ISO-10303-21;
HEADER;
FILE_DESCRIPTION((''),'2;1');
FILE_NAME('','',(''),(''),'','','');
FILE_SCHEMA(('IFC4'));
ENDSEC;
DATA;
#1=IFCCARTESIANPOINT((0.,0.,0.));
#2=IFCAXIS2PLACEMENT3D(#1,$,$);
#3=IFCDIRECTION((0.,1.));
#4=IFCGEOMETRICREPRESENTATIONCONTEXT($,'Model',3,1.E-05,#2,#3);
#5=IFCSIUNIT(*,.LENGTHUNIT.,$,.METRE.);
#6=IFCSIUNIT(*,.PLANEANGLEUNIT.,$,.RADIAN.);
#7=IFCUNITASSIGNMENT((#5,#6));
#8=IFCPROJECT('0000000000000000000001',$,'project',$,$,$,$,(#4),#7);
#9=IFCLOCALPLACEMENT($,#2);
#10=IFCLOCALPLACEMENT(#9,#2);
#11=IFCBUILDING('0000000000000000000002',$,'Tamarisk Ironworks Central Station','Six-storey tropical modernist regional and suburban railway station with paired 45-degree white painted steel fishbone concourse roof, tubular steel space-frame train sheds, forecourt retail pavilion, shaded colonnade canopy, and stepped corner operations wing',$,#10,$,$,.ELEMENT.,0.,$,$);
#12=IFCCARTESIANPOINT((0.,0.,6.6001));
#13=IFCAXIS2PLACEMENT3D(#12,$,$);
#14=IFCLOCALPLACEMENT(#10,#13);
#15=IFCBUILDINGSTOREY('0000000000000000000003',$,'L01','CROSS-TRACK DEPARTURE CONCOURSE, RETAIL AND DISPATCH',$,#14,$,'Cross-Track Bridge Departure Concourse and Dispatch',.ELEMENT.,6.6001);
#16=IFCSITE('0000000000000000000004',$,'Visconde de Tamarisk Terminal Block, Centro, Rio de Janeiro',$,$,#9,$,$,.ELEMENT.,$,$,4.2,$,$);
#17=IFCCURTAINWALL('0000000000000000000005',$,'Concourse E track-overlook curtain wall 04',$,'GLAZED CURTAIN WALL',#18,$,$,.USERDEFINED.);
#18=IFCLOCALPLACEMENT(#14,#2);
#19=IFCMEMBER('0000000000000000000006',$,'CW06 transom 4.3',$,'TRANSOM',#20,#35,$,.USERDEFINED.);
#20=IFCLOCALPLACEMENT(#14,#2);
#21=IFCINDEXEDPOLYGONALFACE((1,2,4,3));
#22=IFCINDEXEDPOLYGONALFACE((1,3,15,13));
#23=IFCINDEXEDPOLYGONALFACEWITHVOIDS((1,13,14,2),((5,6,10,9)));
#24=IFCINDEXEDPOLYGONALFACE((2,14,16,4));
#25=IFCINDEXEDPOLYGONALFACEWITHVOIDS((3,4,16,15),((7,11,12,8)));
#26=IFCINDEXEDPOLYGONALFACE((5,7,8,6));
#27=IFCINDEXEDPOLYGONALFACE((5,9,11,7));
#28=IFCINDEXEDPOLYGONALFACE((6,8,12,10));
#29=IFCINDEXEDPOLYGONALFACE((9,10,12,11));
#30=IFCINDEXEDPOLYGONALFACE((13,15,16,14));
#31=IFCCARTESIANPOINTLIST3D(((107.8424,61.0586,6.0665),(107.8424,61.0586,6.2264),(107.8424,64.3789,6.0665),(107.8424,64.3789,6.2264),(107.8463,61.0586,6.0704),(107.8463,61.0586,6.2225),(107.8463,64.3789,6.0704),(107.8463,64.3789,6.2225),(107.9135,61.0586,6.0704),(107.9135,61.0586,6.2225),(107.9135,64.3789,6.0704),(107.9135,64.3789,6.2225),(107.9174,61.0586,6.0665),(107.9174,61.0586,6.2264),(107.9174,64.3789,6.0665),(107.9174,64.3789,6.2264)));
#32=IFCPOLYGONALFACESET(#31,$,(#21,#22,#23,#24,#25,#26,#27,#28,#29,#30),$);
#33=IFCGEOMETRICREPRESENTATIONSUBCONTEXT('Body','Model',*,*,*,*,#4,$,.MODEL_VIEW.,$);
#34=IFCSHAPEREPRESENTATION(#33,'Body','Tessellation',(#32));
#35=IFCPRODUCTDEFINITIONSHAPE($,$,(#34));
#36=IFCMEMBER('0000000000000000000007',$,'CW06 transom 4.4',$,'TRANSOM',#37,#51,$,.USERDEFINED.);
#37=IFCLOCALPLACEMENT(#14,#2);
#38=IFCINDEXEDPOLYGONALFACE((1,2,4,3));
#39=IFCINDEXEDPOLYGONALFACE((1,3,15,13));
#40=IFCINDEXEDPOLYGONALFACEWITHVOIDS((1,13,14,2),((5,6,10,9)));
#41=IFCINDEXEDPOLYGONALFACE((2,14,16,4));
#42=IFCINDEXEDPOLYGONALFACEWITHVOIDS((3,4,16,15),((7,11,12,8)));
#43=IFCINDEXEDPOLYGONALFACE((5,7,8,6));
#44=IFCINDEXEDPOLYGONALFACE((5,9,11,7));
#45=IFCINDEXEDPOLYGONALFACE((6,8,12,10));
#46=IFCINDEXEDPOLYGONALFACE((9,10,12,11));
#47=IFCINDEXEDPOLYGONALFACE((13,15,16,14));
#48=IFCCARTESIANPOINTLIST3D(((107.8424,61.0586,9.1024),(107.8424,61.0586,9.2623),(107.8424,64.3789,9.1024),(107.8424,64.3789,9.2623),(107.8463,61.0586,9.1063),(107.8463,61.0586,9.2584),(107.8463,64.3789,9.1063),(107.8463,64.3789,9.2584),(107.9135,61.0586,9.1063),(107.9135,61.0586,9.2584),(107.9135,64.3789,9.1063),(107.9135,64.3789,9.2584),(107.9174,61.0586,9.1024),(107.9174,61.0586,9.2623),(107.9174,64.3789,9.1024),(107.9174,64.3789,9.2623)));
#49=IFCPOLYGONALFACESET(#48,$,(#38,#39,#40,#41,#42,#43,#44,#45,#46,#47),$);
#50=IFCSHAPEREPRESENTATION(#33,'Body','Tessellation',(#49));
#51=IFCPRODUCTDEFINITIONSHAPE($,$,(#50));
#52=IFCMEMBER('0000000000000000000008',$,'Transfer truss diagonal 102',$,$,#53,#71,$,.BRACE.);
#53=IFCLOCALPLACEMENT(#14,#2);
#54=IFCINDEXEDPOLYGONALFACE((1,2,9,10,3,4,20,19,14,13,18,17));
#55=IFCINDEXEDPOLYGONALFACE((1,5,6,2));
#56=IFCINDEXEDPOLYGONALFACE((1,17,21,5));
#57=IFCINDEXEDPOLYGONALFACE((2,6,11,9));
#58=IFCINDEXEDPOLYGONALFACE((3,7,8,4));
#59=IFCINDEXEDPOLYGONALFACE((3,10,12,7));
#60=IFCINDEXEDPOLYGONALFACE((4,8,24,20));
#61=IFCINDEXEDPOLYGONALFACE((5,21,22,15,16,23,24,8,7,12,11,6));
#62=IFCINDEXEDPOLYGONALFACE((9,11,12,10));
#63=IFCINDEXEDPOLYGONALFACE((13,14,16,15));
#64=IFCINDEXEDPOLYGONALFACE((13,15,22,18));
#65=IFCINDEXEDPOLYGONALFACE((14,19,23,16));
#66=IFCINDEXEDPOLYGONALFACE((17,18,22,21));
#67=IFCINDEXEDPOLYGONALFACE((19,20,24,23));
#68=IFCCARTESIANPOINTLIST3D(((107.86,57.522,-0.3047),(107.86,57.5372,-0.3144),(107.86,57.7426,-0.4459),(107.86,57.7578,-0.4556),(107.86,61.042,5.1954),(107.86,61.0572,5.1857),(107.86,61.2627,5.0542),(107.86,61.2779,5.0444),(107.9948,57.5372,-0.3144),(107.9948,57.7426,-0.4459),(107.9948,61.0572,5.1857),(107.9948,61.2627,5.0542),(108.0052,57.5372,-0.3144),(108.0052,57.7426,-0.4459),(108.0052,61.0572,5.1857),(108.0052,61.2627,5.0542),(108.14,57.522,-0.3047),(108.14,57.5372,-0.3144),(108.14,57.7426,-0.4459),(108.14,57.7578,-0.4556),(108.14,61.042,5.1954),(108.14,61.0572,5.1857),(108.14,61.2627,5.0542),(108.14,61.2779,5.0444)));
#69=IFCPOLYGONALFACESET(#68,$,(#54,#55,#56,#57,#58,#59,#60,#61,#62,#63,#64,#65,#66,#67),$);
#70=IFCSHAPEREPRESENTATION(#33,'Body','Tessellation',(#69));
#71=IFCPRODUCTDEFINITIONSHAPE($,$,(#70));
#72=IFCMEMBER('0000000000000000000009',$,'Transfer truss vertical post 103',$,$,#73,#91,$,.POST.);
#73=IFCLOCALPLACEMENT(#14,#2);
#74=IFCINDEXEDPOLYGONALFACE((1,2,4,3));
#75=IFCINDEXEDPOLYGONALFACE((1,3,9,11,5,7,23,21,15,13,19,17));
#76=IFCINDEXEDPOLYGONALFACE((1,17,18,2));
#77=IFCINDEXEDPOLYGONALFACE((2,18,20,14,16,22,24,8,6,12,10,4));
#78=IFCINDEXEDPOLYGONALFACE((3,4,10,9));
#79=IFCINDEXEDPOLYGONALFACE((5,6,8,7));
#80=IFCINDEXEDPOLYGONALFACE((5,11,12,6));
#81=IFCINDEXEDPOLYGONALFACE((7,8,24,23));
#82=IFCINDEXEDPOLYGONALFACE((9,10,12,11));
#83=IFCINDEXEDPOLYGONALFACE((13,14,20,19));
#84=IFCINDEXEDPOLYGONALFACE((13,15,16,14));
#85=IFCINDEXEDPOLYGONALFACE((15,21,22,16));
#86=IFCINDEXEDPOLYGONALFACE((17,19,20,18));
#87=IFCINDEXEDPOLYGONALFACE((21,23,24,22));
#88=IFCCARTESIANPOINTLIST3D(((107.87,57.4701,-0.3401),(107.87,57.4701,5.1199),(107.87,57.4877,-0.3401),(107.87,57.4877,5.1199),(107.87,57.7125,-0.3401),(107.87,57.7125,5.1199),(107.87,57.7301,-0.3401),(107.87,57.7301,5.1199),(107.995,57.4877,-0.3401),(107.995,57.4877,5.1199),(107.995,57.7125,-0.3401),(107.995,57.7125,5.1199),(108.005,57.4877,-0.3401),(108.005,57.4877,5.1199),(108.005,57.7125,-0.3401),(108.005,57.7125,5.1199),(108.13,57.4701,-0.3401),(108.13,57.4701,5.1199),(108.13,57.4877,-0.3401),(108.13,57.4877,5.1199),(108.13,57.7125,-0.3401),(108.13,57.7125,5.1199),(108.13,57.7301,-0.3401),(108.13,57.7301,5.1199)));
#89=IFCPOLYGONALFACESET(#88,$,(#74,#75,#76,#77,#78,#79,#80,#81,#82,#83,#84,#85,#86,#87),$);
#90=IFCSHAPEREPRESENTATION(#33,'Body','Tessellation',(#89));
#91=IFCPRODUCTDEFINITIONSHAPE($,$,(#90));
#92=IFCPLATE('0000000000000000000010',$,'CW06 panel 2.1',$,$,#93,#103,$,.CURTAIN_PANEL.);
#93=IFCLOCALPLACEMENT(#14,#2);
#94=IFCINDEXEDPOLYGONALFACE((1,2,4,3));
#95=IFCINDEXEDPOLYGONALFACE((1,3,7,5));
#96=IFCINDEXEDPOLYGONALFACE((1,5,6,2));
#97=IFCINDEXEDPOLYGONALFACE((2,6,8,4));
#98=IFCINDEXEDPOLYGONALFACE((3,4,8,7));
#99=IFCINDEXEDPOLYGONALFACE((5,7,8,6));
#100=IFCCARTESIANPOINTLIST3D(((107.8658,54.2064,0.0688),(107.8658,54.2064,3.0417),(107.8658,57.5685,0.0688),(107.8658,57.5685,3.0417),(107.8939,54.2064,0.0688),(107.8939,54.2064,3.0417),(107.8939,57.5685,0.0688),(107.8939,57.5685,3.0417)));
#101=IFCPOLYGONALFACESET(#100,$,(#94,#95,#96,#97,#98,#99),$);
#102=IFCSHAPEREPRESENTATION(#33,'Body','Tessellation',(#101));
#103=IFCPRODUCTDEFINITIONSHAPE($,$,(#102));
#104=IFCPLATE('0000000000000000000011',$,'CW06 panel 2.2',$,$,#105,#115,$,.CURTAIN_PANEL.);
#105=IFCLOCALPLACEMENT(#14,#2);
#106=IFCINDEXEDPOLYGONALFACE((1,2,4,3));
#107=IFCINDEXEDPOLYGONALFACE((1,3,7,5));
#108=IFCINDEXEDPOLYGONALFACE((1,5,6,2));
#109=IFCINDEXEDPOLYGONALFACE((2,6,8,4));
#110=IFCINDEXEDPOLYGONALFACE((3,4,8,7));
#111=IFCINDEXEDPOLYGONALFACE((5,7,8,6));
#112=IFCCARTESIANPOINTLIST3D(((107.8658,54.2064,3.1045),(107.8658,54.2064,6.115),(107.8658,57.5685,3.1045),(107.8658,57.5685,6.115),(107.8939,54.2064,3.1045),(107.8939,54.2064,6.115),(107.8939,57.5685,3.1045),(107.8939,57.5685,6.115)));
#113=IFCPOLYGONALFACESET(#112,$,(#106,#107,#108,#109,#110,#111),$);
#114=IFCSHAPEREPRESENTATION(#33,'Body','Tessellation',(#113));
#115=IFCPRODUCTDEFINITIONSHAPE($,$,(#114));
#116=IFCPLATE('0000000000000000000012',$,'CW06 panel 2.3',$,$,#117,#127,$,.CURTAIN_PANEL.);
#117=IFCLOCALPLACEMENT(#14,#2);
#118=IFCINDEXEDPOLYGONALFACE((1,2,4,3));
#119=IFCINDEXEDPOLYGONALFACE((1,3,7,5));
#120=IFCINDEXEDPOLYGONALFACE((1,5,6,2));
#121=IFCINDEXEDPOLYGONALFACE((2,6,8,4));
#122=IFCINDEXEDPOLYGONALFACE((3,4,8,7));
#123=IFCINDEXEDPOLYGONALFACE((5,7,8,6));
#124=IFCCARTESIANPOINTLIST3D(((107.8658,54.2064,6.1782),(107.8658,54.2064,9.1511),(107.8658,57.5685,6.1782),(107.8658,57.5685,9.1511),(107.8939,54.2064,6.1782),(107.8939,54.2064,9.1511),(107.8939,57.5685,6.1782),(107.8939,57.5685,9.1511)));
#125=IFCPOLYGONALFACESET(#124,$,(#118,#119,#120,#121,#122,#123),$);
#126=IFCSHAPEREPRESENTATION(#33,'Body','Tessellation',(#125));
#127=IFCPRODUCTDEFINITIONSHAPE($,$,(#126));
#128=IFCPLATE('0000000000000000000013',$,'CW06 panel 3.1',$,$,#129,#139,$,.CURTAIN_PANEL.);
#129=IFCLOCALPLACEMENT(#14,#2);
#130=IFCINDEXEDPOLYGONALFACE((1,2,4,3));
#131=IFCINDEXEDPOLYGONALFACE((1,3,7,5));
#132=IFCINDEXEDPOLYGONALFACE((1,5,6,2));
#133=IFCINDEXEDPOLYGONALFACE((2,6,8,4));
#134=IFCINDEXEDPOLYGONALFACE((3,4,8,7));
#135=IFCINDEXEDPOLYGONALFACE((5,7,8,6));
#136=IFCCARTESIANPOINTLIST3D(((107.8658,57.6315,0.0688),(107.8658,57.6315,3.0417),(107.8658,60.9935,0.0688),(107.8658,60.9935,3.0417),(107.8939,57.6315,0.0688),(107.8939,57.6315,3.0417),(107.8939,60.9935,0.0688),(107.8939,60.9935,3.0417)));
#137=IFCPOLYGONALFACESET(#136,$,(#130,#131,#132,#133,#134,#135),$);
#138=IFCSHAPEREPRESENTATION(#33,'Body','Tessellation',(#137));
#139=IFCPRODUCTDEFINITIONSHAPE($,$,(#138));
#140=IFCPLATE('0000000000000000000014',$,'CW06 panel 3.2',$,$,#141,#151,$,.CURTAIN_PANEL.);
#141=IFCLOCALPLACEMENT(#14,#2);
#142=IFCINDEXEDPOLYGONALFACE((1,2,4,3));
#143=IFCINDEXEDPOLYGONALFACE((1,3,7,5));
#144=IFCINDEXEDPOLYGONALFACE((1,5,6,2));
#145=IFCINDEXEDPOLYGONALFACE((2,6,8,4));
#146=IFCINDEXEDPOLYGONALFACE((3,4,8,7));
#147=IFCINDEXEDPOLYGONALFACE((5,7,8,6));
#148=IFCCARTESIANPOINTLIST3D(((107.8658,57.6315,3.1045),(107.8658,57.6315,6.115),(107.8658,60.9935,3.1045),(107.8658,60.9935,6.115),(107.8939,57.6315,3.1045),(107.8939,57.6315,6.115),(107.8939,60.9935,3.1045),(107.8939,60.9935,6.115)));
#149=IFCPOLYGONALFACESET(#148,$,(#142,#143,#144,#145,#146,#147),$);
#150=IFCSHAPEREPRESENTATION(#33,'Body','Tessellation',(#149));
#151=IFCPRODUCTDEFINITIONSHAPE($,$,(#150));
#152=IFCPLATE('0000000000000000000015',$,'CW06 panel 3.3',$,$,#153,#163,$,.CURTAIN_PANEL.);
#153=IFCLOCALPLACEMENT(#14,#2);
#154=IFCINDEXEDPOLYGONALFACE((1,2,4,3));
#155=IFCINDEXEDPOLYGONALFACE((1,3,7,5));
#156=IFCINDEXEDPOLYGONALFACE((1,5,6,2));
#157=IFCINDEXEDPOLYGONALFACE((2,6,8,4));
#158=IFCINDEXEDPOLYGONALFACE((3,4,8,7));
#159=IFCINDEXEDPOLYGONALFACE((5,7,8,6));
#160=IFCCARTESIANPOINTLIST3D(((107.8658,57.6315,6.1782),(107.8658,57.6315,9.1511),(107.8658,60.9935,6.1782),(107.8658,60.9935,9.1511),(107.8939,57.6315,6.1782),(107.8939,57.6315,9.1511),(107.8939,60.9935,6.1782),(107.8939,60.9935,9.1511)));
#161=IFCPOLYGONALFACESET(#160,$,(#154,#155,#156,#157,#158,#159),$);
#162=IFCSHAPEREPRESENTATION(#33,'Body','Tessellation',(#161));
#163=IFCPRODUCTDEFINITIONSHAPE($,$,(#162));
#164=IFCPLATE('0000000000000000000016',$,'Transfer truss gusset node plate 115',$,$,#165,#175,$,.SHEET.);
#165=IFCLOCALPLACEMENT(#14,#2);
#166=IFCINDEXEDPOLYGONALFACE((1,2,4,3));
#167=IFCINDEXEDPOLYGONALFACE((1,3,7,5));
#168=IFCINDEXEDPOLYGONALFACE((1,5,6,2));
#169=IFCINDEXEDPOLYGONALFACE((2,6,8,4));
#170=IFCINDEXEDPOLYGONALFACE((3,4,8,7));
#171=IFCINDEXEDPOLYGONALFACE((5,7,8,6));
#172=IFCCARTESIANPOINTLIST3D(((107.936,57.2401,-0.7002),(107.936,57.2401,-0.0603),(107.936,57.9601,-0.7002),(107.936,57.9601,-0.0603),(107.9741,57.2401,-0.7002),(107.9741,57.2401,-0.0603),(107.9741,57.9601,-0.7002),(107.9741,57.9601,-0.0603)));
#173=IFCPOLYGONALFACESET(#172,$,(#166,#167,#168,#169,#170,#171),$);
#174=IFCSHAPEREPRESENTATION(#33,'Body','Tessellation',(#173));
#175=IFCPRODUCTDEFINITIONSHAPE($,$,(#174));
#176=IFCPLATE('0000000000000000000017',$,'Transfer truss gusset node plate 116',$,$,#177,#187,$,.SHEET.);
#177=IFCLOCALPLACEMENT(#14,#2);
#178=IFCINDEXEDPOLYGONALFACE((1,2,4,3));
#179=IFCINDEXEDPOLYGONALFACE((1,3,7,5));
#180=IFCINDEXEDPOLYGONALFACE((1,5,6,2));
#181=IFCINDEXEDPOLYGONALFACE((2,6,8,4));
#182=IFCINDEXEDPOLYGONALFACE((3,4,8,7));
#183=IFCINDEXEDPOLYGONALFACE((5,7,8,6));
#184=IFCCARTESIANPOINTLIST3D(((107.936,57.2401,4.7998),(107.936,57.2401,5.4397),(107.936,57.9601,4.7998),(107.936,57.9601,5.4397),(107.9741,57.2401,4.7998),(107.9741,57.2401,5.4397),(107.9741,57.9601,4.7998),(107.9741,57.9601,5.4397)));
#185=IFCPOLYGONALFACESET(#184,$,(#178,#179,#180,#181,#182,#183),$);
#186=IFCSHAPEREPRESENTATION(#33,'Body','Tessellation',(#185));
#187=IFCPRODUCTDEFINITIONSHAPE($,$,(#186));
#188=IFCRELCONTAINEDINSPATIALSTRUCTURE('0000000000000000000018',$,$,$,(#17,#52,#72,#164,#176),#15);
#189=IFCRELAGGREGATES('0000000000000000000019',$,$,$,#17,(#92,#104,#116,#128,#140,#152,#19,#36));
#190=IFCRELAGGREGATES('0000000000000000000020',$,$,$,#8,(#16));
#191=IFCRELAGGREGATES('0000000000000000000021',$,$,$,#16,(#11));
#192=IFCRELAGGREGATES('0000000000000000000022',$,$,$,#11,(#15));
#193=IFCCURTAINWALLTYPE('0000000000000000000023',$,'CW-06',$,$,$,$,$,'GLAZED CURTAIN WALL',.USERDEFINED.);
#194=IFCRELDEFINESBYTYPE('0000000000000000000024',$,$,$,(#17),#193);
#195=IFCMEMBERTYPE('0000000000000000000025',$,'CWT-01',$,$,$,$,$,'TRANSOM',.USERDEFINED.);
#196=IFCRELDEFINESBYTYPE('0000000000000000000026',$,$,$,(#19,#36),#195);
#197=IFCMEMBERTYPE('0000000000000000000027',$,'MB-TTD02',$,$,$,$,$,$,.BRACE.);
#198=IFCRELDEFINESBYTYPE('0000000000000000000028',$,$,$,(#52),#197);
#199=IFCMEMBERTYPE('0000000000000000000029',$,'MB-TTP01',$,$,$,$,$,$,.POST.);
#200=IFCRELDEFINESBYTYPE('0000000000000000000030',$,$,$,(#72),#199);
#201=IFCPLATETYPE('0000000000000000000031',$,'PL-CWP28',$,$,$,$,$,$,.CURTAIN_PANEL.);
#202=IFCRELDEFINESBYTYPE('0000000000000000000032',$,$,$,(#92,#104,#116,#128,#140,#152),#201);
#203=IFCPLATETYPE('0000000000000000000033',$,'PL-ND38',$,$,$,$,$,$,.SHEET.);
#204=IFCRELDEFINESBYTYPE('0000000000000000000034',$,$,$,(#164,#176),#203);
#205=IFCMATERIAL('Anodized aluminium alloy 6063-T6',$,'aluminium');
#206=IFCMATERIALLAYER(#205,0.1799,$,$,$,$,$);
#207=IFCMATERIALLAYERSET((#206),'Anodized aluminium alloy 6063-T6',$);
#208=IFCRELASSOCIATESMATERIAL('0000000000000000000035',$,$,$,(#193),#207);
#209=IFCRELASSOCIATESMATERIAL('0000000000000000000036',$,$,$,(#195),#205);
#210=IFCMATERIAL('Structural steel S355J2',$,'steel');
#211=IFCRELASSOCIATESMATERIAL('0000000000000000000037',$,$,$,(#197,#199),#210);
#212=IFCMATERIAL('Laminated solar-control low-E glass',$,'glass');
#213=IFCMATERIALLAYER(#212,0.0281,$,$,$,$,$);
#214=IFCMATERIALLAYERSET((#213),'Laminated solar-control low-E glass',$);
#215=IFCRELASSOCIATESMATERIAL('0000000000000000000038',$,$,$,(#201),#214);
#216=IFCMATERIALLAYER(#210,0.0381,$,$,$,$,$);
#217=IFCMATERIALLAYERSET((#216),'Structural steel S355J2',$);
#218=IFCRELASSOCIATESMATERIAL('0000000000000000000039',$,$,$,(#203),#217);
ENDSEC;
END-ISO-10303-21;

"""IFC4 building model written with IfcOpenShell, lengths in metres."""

from ifc_helpers import new_model, si_unit, direction, frame, origin, origin_2d, place, context, subcontext, project, spatial, rectangle, hollow_rectangle, i_section, extrude, material, layer, layer_set, material_profile, profile_set, type_object, element, aggregate, save


model = new_model("IFC4")

# Units and contexts
model_context = context("Model", 3, precision=1e-05, world=origin(), true_north=direction((0.0, 1.0)))
body_context = subcontext(model_context, "Body", "Model", "MODEL_VIEW")
ifc_project = project(units=[si_unit("LENGTHUNIT", "METRE"), si_unit("PLANEANGLEUNIT", "RADIAN")], contexts=[model_context])

# Site, building, storey
site_placement = place(None, origin())
site = spatial("IfcSite", under=ifc_project, at=site_placement, Name="Visconde de Tamarisk Terminal Block, Centro, Rio de Janeiro", CompositionType="ELEMENT", RefElevation=4.2)
building_placement = place(site_placement, origin())
building = spatial("IfcBuilding", under=site, at=building_placement, Name="Tamarisk Ironworks Central Station", Description="Six-storey tropical modernist regional and suburban railway station with paired 45-degree white painted steel fishbone concourse roof, tubular steel space-frame train sheds, forecourt retail pavilion, shaded colonnade canopy, and stepped corner operations wing", CompositionType="ELEMENT", ElevationOfRefHeight=0.0)
storey_placement = place(building_placement, frame((0.0, 0.0, 6.6001)))
storey = spatial("IfcBuildingStorey", under=building, at=storey_placement, Name="L01", Description="CROSS-TRACK DEPARTURE CONCOURSE, RETAIL AND DISPATCH", LongName="Cross-Track Bridge Departure Concourse and Dispatch", CompositionType="ELEMENT", Elevation=6.6001)

# Curtain wall, members
ifc_material_1 = material(Name="Anodized aluminium alloy 6063-T6", Category="aluminium")
ifc_layer_1 = layer(ifc_material_1, 0.1799)
ifc_layer_set_1 = layer_set([ifc_layer_1], Name="Anodized aluminium alloy 6063-T6")
curtain_wall_type = type_object("IfcCurtainWallType", Name="CW-06", ElementType="GLAZED CURTAIN WALL", PredefinedType="USERDEFINED", material=ifc_layer_set_1)
curtain_wall_placement = place(storey_placement, origin())
curtain_wall = element("IfcCurtainWall", 1, at=curtain_wall_placement, inside=storey, type_object=curtain_wall_type, Name="Concourse E track-overlook curtain wall 04", ObjectType="GLAZED CURTAIN WALL", PredefinedType="USERDEFINED")
ifc_material_profile_1 = material_profile(ifc_material_1, hollow_rectangle(XDim=0.075, YDim=0.1599, WallThickness=0.0039, at=origin_2d()), Name="ALUM 160x75")
ifc_profile_set_1 = profile_set([ifc_material_profile_1], Name="Anodized aluminium alloy 6063-T6")
member_type_1 = type_object("IfcMemberType", Name="CWT-01", ElementType="TRANSOM", PredefinedType="USERDEFINED", material=ifc_profile_set_1)
member_1_placement = place(storey_placement, frame((107.8799, 61.0586, 6.1465), z_axis=(0.0, 1.0, 0.0), x_axis=(-1.0, 0.0, 0.0)))
member_1 = element("IfcMember", 2, at=member_1_placement, type_object=member_type_1, Name="CW06 transom 4.3", ObjectType="TRANSOM", PredefinedType="USERDEFINED", context=body_context, shape_type="SweptSolid", body=[
    extrude(hollow_rectangle(XDim=0.075, YDim=0.1599, WallThickness=0.0039, at=origin_2d()), origin(), (0.0, 0.0, 1.0), 3.3203),
])
member_2_placement = place(storey_placement, frame((107.8799, 61.0586, 9.1824), z_axis=(0.0, 1.0, 0.0), x_axis=(-1.0, 0.0, 0.0)))
member_2 = element("IfcMember", 3, at=member_2_placement, type_object=member_type_1, Name="CW06 transom 4.4", ObjectType="TRANSOM", PredefinedType="USERDEFINED", context=body_context, shape_type="SweptSolid", body=[
    extrude(hollow_rectangle(XDim=0.075, YDim=0.1599, WallThickness=0.0039, at=origin_2d()), origin(), (0.0, 0.0, 1.0), 3.3203),
])

# Members
ifc_material_2 = material(Name="Structural steel S355J2", Category="steel")
ifc_material_profile_2 = material_profile(ifc_material_2, i_section(OverallWidth=0.28, OverallDepth=0.28, WebThickness=0.0105, FlangeThickness=0.0181, at=origin_2d()), Name="HEB 280")
ifc_profile_set_2 = profile_set([ifc_material_profile_2], Name="Structural steel S355J2")
member_type_2 = type_object("IfcMemberType", Name="MB-TTD02", PredefinedType="BRACE", material=ifc_profile_set_2)
member_3_placement = place(storey_placement, frame((108.0, 57.6399, -0.3801), z_axis=(0.0, 0.539056, 0.84227), x_axis=(-1.0, 0.0, 0.0)))
element("IfcMember", 4, at=member_3_placement, inside=storey, type_object=member_type_2, Name="Transfer truss diagonal 102", PredefinedType="BRACE", context=body_context, shape_type="SweptSolid", body=[
    extrude(i_section(OverallWidth=0.28, OverallDepth=0.28, WebThickness=0.0105, FlangeThickness=0.0181, at=origin_2d()), origin(), (0.0, 0.0, 1.0), 6.53),
])
ifc_material_profile_3 = material_profile(ifc_material_2, i_section(OverallWidth=0.26, OverallDepth=0.26, WebThickness=0.01, FlangeThickness=0.0176, at=origin_2d()), Name="HEB 260")
ifc_profile_set_3 = profile_set([ifc_material_profile_3], Name="Structural steel S355J2")
member_type_3 = type_object("IfcMemberType", Name="MB-TTP01", PredefinedType="POST", material=ifc_profile_set_3)
member_4_placement = place(storey_placement, frame((108.0, 57.6001, -0.3401), z_axis=(0.0, 0.0, 1.0), x_axis=(1.0, 0.0, 0.0)))
element("IfcMember", 5, at=member_4_placement, inside=storey, type_object=member_type_3, Name="Transfer truss vertical post 103", PredefinedType="POST", context=body_context, shape_type="SweptSolid", body=[
    extrude(i_section(OverallWidth=0.26, OverallDepth=0.26, WebThickness=0.01, FlangeThickness=0.0176, at=origin_2d()), origin(), (0.0, 0.0, 1.0), 5.46),
])

# Plates
ifc_material_3 = material(Name="Laminated solar-control low-E glass", Category="glass")
ifc_layer_2 = layer(ifc_material_3, 0.0281)
ifc_layer_set_2 = layer_set([ifc_layer_2], Name="Laminated solar-control low-E glass")
plate_type_1 = type_object("IfcPlateType", Name="PL-CWP28", PredefinedType="CURTAIN_PANEL", material=ifc_layer_set_2)
plate_1_placement = place(storey_placement, frame((107.8799, 55.8875, 0.0688), z_axis=(0.0, 0.0, 1.0), x_axis=(0.0, 1.0, 0.0)))
plate_1 = element("IfcPlate", 6, at=plate_1_placement, type_object=plate_type_1, Name="CW06 panel 2.1", PredefinedType="CURTAIN_PANEL", context=body_context, shape_type="SweptSolid", body=[
    extrude(rectangle(XDim=3.3621, YDim=0.0281, at=origin_2d()), origin(), (0.0, 0.0, 1.0), 2.9729),
])
plate_2_placement = place(storey_placement, frame((107.8799, 55.8875, 3.1045), z_axis=(0.0, 0.0, 1.0), x_axis=(0.0, 1.0, 0.0)))
plate_2 = element("IfcPlate", 7, at=plate_2_placement, type_object=plate_type_1, Name="CW06 panel 2.2", PredefinedType="CURTAIN_PANEL", context=body_context, shape_type="SweptSolid", body=[
    extrude(rectangle(XDim=3.3621, YDim=0.0281, at=origin_2d()), origin(), (0.0, 0.0, 1.0), 3.0105),
])
plate_3_placement = place(storey_placement, frame((107.8799, 55.8875, 6.1782), z_axis=(0.0, 0.0, 1.0), x_axis=(0.0, 1.0, 0.0)))
plate_3 = element("IfcPlate", 8, at=plate_3_placement, type_object=plate_type_1, Name="CW06 panel 2.3", PredefinedType="CURTAIN_PANEL", context=body_context, shape_type="SweptSolid", body=[
    extrude(rectangle(XDim=3.3621, YDim=0.0281, at=origin_2d()), origin(), (0.0, 0.0, 1.0), 2.9729),
])
plate_4_placement = place(storey_placement, frame((107.8799, 59.3125, 0.0688), z_axis=(0.0, 0.0, 1.0), x_axis=(0.0, 1.0, 0.0)))
plate_4 = element("IfcPlate", 9, at=plate_4_placement, type_object=plate_type_1, Name="CW06 panel 3.1", PredefinedType="CURTAIN_PANEL", context=body_context, shape_type="SweptSolid", body=[
    extrude(rectangle(XDim=3.3621, YDim=0.0281, at=origin_2d()), origin(), (0.0, 0.0, 1.0), 2.9729),
])
plate_5_placement = place(storey_placement, frame((107.8799, 59.3125, 3.1045), z_axis=(0.0, 0.0, 1.0), x_axis=(0.0, 1.0, 0.0)))
plate_5 = element("IfcPlate", 10, at=plate_5_placement, type_object=plate_type_1, Name="CW06 panel 3.2", PredefinedType="CURTAIN_PANEL", context=body_context, shape_type="SweptSolid", body=[
    extrude(rectangle(XDim=3.3621, YDim=0.0281, at=origin_2d()), origin(), (0.0, 0.0, 1.0), 3.0105),
])
plate_6_placement = place(storey_placement, frame((107.8799, 59.3125, 6.1782), z_axis=(0.0, 0.0, 1.0), x_axis=(0.0, 1.0, 0.0)))
plate_6 = element("IfcPlate", 11, at=plate_6_placement, type_object=plate_type_1, Name="CW06 panel 3.3", PredefinedType="CURTAIN_PANEL", context=body_context, shape_type="SweptSolid", body=[
    extrude(rectangle(XDim=3.3621, YDim=0.0281, at=origin_2d()), origin(), (0.0, 0.0, 1.0), 2.9729),
])
aggregate(curtain_wall, [plate_1, plate_2, plate_3, plate_4, plate_5, plate_6, member_1, member_2])

# Plates
ifc_layer_3 = layer(ifc_material_2, 0.0381)
ifc_layer_set_3 = layer_set([ifc_layer_3], Name="Structural steel S355J2")
plate_type_2 = type_object("IfcPlateType", Name="PL-ND38", PredefinedType="SHEET", material=ifc_layer_set_3)
for number, where, z_axis, x_axis, name in (
    (12, (107.9551, 57.6001, -0.7002), (0.0, 0.0, 1.0), (1.0, 0.0, 0.0), "Transfer truss gusset node plate 115"),
    (13, (107.9551, 57.6001, 4.7998), (0.0, 0.0, 1.0), (1.0, 0.0, 0.0), "Transfer truss gusset node plate 116"),
):
    element("IfcPlate", number, at=place(storey_placement, frame(where, z_axis=z_axis, x_axis=x_axis)), inside=storey, type_object=plate_type_2, Name=name, PredefinedType="SHEET", context=body_context, shape_type="SweptSolid", body=[
        extrude(rectangle(XDim=0.0381, YDim=0.72, at=origin_2d()), origin(), (0.0, 0.0, 1.0), 0.6399),
    ])

save(model, "model.ifc")
